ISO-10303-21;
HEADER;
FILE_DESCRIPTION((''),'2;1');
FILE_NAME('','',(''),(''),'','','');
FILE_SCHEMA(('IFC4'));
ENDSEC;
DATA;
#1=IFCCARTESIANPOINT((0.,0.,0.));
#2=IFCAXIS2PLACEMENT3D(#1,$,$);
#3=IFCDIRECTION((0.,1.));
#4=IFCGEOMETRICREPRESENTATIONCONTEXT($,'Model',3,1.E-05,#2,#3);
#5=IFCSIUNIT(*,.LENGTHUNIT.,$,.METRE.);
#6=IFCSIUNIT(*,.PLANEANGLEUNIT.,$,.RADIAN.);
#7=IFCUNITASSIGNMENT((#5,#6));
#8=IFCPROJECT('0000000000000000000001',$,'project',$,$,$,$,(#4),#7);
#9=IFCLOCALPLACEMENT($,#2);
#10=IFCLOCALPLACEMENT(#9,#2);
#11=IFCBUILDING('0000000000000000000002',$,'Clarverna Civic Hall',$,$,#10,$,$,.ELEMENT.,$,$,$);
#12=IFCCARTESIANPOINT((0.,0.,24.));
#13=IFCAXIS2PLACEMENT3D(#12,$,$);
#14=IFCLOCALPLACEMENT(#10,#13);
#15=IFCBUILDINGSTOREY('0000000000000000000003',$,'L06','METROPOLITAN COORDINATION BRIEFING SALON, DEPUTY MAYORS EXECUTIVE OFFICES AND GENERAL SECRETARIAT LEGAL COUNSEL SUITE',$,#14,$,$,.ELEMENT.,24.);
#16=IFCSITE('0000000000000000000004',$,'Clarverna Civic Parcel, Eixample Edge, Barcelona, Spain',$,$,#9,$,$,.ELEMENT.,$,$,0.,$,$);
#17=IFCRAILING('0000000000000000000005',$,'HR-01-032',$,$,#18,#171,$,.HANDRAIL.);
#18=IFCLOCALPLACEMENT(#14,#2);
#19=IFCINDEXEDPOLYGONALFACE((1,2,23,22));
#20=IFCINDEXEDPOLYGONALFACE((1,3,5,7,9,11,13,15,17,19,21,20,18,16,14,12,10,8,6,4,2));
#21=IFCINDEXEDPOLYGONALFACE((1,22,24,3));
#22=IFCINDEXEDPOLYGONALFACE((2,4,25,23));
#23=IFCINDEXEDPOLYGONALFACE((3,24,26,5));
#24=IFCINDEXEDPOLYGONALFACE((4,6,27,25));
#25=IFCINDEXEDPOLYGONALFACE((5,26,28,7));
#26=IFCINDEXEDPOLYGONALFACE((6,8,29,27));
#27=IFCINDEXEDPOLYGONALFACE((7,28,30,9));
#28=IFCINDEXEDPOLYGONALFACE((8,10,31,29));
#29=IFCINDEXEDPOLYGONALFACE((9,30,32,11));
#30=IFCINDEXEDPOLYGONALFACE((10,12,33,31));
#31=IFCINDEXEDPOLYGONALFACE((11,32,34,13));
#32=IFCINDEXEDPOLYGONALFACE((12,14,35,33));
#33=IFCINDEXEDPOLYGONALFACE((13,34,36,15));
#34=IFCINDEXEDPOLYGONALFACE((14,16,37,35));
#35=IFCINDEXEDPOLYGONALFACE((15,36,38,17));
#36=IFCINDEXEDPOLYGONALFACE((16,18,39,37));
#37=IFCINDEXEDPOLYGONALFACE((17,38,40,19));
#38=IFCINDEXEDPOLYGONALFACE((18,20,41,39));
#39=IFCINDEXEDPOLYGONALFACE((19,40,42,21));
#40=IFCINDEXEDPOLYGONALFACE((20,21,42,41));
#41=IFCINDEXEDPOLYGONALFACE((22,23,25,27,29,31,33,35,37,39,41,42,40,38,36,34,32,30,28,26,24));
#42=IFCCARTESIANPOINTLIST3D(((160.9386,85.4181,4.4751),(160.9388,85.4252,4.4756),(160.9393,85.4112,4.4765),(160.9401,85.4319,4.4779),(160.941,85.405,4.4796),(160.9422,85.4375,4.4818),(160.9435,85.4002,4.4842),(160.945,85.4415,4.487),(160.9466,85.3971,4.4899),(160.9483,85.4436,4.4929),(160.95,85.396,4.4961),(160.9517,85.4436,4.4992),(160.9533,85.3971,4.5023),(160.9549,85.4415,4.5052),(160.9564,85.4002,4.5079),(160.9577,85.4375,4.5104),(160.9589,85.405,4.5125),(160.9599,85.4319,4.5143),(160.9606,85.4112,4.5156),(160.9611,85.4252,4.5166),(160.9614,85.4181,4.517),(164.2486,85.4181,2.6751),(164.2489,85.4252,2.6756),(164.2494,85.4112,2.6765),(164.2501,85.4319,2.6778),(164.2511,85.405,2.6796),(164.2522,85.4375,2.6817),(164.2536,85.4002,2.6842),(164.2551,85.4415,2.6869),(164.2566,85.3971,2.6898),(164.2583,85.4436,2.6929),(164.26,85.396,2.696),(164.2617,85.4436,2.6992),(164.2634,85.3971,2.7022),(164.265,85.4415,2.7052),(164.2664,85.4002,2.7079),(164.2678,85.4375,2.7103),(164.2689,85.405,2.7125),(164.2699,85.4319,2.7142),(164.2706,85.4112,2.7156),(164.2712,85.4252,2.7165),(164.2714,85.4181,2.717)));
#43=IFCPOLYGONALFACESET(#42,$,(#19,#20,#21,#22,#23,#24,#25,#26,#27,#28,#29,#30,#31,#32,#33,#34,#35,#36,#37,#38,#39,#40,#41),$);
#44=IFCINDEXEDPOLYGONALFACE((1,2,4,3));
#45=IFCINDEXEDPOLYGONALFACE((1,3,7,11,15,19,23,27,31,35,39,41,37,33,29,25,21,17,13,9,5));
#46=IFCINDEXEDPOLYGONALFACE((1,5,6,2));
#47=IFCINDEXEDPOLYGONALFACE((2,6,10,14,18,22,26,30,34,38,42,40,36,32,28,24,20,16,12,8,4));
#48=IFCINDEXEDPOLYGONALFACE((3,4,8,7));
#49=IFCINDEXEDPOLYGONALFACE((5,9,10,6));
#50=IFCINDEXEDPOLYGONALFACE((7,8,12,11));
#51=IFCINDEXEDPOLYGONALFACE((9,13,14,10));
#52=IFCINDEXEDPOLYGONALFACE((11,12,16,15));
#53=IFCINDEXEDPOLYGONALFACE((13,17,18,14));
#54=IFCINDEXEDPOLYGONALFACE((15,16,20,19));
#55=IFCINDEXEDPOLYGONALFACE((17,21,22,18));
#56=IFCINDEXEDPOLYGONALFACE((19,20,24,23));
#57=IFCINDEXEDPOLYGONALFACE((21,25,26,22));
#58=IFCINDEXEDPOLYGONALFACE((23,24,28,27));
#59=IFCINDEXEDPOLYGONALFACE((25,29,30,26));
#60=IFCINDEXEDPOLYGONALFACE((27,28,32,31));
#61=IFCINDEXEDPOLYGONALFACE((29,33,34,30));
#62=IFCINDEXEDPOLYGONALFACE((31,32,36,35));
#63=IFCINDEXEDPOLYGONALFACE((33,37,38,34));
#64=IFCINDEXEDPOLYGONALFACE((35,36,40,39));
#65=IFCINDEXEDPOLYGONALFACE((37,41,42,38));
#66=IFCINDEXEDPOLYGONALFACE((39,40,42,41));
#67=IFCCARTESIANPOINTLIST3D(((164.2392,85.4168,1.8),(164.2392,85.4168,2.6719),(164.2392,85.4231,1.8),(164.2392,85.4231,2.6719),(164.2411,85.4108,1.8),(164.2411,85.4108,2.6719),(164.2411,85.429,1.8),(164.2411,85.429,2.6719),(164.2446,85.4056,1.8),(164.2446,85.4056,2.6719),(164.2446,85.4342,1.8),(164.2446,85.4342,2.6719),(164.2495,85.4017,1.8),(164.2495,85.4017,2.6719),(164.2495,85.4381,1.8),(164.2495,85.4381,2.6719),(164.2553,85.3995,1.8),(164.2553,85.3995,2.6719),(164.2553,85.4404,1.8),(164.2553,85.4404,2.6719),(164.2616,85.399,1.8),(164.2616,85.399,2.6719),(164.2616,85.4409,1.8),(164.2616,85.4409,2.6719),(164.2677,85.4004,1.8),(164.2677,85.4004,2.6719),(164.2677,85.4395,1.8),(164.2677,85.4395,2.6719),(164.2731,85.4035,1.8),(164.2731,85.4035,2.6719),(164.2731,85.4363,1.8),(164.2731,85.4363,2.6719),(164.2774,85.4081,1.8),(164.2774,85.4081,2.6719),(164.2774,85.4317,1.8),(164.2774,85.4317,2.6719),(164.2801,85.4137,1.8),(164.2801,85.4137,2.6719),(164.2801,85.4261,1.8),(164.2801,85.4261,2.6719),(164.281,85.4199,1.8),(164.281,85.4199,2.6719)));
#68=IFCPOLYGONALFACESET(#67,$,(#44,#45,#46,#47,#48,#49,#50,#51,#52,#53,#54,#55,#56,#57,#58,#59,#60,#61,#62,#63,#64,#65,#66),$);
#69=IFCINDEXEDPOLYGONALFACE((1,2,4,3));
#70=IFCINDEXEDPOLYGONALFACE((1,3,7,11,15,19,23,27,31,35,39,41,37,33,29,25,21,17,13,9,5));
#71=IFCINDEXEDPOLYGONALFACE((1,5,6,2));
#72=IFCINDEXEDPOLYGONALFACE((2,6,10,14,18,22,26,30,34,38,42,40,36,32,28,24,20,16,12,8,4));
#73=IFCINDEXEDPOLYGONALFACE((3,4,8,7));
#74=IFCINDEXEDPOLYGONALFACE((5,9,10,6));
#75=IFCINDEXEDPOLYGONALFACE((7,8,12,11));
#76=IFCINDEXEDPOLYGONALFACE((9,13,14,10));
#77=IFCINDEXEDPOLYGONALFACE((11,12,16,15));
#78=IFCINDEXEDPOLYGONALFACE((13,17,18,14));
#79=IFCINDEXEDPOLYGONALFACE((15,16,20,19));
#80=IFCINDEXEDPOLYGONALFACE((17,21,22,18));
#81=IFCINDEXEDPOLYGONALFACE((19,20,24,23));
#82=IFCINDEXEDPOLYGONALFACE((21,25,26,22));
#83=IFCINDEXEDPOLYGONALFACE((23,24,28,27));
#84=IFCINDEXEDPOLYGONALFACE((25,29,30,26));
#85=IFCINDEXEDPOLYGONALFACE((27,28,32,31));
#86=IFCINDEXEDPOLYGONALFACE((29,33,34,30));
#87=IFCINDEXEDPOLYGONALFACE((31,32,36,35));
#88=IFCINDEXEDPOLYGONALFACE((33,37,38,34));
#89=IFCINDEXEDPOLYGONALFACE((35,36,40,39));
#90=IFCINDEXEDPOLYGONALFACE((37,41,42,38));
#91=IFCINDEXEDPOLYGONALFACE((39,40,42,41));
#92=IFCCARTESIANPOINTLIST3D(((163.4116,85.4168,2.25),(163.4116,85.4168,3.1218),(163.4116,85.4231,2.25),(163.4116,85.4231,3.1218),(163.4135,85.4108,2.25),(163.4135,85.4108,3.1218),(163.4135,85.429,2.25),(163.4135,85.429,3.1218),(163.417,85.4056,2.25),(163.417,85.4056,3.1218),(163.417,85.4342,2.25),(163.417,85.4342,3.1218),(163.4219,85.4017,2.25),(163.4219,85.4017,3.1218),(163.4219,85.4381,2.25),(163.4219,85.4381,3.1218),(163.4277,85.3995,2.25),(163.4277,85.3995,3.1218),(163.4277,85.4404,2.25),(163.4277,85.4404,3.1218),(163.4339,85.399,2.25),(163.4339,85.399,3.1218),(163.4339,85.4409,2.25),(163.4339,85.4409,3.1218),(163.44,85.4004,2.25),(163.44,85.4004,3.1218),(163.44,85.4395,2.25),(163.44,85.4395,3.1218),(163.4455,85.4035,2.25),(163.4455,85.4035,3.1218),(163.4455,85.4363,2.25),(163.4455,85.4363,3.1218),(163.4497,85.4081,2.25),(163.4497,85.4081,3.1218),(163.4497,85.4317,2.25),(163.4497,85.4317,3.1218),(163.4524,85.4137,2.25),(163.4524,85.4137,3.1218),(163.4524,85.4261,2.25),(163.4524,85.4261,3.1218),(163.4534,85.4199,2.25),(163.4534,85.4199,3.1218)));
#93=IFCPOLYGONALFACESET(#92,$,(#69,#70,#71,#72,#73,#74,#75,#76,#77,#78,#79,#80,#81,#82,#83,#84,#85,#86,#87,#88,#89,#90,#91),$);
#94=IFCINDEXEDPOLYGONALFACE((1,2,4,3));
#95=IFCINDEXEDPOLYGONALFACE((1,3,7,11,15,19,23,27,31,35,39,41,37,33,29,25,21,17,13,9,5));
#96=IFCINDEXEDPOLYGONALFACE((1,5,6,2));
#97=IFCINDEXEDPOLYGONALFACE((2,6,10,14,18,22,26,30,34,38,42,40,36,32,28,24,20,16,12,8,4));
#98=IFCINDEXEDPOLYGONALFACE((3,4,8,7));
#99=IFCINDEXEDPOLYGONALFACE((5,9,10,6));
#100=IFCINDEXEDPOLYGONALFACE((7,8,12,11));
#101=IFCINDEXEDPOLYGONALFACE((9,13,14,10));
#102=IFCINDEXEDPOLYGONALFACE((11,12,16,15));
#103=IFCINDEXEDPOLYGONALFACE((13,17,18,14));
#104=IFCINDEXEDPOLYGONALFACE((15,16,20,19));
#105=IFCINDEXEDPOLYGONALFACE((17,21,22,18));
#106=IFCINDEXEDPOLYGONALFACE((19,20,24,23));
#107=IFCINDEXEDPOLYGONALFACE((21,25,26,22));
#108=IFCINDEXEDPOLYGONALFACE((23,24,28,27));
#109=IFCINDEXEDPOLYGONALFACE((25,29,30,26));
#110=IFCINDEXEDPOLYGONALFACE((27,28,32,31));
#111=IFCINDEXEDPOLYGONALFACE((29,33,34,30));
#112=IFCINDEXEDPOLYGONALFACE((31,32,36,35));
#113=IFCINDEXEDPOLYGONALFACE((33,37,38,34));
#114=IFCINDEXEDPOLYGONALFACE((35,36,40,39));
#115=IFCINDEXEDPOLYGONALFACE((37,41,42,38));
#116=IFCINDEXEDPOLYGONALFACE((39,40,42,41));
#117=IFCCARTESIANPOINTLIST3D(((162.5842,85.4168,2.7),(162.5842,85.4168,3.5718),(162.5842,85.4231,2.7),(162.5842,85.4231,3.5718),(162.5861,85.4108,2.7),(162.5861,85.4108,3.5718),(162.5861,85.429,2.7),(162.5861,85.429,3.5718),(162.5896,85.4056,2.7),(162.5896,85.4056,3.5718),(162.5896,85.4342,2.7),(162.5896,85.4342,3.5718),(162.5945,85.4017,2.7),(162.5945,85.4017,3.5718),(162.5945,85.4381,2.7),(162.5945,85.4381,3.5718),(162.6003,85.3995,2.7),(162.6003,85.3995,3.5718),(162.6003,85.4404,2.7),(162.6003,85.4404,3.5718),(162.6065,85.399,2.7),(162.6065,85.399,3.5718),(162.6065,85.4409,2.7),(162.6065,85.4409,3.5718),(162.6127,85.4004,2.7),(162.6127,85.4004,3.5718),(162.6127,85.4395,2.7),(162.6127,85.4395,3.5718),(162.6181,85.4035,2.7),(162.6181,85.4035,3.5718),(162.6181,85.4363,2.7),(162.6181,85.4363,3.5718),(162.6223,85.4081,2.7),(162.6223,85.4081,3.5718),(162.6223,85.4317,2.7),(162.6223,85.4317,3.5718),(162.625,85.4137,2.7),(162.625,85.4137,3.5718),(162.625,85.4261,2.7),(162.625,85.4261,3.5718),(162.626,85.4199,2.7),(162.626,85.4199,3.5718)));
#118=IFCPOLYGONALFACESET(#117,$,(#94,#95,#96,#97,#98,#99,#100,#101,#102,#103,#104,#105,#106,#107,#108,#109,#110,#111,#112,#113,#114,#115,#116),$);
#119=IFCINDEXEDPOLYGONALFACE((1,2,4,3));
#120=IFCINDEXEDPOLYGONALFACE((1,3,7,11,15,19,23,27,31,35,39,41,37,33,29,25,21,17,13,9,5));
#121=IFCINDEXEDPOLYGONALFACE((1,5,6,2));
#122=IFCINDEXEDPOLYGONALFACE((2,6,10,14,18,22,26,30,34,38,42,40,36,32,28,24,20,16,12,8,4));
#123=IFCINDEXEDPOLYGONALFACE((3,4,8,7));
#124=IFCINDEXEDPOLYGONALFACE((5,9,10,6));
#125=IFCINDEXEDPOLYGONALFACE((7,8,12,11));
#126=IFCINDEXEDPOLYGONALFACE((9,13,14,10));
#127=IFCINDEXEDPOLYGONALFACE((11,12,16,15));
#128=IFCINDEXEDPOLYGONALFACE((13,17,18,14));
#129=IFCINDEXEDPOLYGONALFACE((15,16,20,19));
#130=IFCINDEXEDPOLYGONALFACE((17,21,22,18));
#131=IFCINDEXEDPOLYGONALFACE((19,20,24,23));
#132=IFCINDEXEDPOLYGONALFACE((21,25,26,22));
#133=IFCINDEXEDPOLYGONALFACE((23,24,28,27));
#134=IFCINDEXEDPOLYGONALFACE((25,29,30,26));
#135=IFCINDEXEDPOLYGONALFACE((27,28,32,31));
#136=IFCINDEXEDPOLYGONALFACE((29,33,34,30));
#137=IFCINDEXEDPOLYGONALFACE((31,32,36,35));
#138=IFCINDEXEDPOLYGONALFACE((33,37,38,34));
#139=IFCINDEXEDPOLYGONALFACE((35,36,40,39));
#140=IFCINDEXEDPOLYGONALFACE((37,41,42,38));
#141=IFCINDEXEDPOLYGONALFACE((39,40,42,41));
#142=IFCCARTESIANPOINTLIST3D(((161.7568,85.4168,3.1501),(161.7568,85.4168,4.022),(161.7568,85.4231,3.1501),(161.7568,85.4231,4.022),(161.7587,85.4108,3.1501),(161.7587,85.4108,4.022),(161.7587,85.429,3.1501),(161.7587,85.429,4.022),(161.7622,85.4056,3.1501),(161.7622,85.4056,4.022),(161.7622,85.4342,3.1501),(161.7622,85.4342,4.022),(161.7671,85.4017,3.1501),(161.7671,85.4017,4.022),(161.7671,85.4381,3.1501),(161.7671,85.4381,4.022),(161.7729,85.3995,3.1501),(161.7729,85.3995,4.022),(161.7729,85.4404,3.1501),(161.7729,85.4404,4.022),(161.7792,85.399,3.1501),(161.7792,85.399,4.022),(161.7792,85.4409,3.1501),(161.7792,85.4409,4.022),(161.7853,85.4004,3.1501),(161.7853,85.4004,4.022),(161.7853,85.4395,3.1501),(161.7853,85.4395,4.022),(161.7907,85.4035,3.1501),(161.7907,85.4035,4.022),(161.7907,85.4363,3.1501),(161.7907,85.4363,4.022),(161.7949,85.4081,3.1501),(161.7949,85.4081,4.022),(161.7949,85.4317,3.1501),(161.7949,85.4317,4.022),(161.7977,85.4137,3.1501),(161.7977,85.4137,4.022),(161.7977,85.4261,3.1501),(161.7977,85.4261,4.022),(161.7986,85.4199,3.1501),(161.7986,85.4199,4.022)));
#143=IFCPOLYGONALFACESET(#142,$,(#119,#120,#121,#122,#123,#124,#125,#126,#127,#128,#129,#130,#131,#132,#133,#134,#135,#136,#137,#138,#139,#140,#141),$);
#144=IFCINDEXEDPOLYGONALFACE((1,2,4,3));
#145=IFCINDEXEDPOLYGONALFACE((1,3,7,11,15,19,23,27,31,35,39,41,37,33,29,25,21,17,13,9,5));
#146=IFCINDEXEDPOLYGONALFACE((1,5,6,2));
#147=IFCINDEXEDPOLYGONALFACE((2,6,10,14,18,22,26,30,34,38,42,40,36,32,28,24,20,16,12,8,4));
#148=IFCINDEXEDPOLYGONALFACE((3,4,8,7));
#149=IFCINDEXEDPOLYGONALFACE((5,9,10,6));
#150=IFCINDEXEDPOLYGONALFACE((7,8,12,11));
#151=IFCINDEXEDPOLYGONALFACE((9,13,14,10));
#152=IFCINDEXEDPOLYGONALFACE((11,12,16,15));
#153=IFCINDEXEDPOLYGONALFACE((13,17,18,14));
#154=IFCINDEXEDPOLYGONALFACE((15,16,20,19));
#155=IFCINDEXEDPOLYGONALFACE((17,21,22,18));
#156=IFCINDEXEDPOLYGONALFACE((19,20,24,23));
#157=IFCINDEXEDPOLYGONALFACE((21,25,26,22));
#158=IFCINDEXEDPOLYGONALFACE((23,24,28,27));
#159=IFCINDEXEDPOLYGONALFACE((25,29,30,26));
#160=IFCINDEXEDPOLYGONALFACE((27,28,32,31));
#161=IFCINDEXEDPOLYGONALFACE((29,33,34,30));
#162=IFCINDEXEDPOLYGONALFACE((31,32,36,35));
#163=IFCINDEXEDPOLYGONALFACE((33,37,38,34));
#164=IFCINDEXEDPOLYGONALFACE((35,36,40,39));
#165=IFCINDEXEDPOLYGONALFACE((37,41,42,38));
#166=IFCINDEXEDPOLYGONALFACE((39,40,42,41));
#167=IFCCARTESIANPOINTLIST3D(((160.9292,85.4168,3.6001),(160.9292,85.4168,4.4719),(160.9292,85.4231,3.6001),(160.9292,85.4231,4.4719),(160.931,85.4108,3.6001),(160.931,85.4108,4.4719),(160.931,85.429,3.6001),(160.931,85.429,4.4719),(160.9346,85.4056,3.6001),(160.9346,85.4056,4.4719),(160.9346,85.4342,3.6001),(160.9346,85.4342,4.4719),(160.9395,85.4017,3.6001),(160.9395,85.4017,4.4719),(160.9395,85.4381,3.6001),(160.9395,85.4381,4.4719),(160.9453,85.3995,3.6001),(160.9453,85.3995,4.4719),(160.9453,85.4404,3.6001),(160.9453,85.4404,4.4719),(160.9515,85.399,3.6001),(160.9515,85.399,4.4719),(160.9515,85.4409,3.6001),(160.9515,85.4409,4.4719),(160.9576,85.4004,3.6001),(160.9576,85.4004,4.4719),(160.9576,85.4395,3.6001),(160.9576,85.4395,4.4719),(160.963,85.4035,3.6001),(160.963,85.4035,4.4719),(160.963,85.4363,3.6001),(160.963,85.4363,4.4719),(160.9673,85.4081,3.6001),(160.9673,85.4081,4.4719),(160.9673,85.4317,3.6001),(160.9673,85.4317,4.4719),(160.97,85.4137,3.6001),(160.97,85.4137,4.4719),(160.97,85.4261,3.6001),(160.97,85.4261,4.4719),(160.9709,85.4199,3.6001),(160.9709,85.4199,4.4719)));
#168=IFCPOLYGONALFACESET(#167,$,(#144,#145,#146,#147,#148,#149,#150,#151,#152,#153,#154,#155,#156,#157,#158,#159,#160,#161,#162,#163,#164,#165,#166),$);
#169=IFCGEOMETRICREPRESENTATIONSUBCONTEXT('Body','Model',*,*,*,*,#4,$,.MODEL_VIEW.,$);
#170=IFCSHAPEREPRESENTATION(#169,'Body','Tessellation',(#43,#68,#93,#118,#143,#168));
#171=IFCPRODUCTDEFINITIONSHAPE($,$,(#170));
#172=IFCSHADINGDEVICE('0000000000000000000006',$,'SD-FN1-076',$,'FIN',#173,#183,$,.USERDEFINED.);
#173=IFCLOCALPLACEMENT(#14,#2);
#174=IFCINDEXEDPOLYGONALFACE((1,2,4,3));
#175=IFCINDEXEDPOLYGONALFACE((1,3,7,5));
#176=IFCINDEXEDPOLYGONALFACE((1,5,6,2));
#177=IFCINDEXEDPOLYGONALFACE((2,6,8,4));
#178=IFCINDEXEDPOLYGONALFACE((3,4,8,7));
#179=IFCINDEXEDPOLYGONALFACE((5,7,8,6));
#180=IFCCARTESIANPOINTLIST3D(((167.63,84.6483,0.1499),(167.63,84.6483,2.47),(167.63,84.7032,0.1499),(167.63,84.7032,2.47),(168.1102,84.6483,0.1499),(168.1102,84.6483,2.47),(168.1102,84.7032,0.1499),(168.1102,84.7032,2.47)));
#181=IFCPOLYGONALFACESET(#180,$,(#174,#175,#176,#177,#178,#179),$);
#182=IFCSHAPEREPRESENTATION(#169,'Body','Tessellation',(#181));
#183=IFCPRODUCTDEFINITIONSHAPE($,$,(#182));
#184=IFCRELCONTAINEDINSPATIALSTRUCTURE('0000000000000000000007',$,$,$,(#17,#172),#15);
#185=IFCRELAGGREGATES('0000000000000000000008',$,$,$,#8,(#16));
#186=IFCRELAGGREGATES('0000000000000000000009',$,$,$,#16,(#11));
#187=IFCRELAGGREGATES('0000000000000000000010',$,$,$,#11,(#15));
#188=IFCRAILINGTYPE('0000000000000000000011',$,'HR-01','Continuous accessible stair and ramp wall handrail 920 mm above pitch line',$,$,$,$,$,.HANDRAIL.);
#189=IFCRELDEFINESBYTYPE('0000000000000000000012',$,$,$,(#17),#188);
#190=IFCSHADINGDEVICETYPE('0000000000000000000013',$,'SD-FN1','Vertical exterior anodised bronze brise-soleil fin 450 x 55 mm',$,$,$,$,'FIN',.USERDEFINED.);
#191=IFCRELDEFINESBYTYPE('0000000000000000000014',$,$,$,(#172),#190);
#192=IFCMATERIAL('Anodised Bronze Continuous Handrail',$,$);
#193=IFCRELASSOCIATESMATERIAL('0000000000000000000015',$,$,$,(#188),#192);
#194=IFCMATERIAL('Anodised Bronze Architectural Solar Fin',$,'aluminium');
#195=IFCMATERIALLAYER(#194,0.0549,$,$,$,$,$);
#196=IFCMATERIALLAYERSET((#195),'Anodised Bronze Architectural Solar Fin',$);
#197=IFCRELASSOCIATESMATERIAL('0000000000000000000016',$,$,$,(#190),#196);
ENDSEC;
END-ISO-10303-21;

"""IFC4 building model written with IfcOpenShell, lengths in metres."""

from ifc_helpers import new_model, si_unit, direction, frame, frame_2d, origin, origin_2d, place, context, subcontext, project, spatial, rectangle, circle, extrude, material, layer, layer_set, type_object, element, save


model = new_model("IFC4")

# Units and contexts
model_context = context("Model", 3, precision=1e-05, world=origin(), true_north=direction((0.0, 1.0)))
body_context = subcontext(model_context, "Body", "Model", "MODEL_VIEW")
ifc_project = project(units=[si_unit("LENGTHUNIT", "METRE"), si_unit("PLANEANGLEUNIT", "RADIAN")], contexts=[model_context])

# Site, building, storey
site_placement = place(None, origin())
site = spatial("IfcSite", under=ifc_project, at=site_placement, Name="Clarverna Civic Parcel, Eixample Edge, Barcelona, Spain", CompositionType="ELEMENT", RefElevation=0.0)
building_placement = place(site_placement, origin())
building = spatial("IfcBuilding", under=site, at=building_placement, Name="Clarverna Civic Hall", CompositionType="ELEMENT")
storey_placement = place(building_placement, frame((0.0, 0.0, 24.0)))
storey = spatial("IfcBuildingStorey", under=building, at=storey_placement, Name="L06", Description="METROPOLITAN COORDINATION BRIEFING SALON, DEPUTY MAYORS EXECUTIVE OFFICES AND GENERAL SECRETARIAT LEGAL COUNSEL SUITE", CompositionType="ELEMENT", Elevation=24.0)

# Railing
ifc_material_1 = material(Name="Anodised Bronze Continuous Handrail")
railing_type_1 = type_object("IfcRailingType", Name="HR-01", Description="Continuous accessible stair and ramp wall handrail 920 mm above pitch line", PredefinedType="HANDRAIL", material=ifc_material_1)
railing_1_placement = place(storey_placement, frame((164.26, 85.4199, 1.8)))
element("IfcRailing", 1, at=railing_1_placement, inside=storey, type_object=railing_type_1, Name="HR-01-032", PredefinedType="HANDRAIL", context=body_context, shape_type="SweptSolid", body=[
    extrude(circle(Radius=0.0239, at=origin_2d()), frame((0.0, 0.0, 0.896), z_axis=(-0.878502, 0.0, 0.477739), x_axis=(0.0, -1.0, 0.0)), (0.0, 0.0, 1.0), 3.7678),
    extrude(circle(Radius=0.021, at=origin_2d()), origin(), (0.0, 0.0, 1.0), 0.8718),
    extrude(circle(Radius=0.021, at=origin_2d()), frame((-0.8276, 0.0, 0.45)), (0.0, 0.0, 1.0), 0.8718),
    extrude(circle(Radius=0.021, at=origin_2d()), frame((-1.655, 0.0, 0.8999)), (0.0, 0.0, 1.0), 0.8718),
    extrude(circle(Radius=0.021, at=origin_2d()), frame((-2.4824, 0.0, 1.3501)), (0.0, 0.0, 1.0), 0.8718),
    extrude(circle(Radius=0.021, at=origin_2d()), frame((-3.3101, 0.0, 1.8)), (0.0, 0.0, 1.0), 0.8718),
])

# Shading device
ifc_material_2 = material(Name="Anodised Bronze Architectural Solar Fin", Category="aluminium")
ifc_layer_1 = layer(ifc_material_2, 0.0549)
ifc_layer_set_1 = layer_set([ifc_layer_1], Name="Anodised Bronze Architectural Solar Fin")
shading_device_type = type_object("IfcShadingDeviceType", Name="SD-FN1", Description="Vertical exterior anodised bronze brise-soleil fin 450 x 55 mm", ElementType="FIN", PredefinedType="USERDEFINED", material=ifc_layer_set_1)
shading_device_placement = place(storey_placement, frame((167.6299, 84.6758, 0.1499), z_axis=(0.0, 0.0, 1.0), x_axis=(1.0, 0.0, 0.0)))
element("IfcShadingDevice", 2, at=shading_device_placement, inside=storey, type_object=shading_device_type, Name="SD-FN1-076", ObjectType="FIN", PredefinedType="USERDEFINED", context=body_context, shape_type="SweptSolid", body=[
    extrude(rectangle(XDim=0.4802, YDim=0.0549, at=frame_2d((0.2402, 0.0))), origin(), (0.0, 0.0, 1.0), 2.3201),
])

save(model, "model.ifc")
